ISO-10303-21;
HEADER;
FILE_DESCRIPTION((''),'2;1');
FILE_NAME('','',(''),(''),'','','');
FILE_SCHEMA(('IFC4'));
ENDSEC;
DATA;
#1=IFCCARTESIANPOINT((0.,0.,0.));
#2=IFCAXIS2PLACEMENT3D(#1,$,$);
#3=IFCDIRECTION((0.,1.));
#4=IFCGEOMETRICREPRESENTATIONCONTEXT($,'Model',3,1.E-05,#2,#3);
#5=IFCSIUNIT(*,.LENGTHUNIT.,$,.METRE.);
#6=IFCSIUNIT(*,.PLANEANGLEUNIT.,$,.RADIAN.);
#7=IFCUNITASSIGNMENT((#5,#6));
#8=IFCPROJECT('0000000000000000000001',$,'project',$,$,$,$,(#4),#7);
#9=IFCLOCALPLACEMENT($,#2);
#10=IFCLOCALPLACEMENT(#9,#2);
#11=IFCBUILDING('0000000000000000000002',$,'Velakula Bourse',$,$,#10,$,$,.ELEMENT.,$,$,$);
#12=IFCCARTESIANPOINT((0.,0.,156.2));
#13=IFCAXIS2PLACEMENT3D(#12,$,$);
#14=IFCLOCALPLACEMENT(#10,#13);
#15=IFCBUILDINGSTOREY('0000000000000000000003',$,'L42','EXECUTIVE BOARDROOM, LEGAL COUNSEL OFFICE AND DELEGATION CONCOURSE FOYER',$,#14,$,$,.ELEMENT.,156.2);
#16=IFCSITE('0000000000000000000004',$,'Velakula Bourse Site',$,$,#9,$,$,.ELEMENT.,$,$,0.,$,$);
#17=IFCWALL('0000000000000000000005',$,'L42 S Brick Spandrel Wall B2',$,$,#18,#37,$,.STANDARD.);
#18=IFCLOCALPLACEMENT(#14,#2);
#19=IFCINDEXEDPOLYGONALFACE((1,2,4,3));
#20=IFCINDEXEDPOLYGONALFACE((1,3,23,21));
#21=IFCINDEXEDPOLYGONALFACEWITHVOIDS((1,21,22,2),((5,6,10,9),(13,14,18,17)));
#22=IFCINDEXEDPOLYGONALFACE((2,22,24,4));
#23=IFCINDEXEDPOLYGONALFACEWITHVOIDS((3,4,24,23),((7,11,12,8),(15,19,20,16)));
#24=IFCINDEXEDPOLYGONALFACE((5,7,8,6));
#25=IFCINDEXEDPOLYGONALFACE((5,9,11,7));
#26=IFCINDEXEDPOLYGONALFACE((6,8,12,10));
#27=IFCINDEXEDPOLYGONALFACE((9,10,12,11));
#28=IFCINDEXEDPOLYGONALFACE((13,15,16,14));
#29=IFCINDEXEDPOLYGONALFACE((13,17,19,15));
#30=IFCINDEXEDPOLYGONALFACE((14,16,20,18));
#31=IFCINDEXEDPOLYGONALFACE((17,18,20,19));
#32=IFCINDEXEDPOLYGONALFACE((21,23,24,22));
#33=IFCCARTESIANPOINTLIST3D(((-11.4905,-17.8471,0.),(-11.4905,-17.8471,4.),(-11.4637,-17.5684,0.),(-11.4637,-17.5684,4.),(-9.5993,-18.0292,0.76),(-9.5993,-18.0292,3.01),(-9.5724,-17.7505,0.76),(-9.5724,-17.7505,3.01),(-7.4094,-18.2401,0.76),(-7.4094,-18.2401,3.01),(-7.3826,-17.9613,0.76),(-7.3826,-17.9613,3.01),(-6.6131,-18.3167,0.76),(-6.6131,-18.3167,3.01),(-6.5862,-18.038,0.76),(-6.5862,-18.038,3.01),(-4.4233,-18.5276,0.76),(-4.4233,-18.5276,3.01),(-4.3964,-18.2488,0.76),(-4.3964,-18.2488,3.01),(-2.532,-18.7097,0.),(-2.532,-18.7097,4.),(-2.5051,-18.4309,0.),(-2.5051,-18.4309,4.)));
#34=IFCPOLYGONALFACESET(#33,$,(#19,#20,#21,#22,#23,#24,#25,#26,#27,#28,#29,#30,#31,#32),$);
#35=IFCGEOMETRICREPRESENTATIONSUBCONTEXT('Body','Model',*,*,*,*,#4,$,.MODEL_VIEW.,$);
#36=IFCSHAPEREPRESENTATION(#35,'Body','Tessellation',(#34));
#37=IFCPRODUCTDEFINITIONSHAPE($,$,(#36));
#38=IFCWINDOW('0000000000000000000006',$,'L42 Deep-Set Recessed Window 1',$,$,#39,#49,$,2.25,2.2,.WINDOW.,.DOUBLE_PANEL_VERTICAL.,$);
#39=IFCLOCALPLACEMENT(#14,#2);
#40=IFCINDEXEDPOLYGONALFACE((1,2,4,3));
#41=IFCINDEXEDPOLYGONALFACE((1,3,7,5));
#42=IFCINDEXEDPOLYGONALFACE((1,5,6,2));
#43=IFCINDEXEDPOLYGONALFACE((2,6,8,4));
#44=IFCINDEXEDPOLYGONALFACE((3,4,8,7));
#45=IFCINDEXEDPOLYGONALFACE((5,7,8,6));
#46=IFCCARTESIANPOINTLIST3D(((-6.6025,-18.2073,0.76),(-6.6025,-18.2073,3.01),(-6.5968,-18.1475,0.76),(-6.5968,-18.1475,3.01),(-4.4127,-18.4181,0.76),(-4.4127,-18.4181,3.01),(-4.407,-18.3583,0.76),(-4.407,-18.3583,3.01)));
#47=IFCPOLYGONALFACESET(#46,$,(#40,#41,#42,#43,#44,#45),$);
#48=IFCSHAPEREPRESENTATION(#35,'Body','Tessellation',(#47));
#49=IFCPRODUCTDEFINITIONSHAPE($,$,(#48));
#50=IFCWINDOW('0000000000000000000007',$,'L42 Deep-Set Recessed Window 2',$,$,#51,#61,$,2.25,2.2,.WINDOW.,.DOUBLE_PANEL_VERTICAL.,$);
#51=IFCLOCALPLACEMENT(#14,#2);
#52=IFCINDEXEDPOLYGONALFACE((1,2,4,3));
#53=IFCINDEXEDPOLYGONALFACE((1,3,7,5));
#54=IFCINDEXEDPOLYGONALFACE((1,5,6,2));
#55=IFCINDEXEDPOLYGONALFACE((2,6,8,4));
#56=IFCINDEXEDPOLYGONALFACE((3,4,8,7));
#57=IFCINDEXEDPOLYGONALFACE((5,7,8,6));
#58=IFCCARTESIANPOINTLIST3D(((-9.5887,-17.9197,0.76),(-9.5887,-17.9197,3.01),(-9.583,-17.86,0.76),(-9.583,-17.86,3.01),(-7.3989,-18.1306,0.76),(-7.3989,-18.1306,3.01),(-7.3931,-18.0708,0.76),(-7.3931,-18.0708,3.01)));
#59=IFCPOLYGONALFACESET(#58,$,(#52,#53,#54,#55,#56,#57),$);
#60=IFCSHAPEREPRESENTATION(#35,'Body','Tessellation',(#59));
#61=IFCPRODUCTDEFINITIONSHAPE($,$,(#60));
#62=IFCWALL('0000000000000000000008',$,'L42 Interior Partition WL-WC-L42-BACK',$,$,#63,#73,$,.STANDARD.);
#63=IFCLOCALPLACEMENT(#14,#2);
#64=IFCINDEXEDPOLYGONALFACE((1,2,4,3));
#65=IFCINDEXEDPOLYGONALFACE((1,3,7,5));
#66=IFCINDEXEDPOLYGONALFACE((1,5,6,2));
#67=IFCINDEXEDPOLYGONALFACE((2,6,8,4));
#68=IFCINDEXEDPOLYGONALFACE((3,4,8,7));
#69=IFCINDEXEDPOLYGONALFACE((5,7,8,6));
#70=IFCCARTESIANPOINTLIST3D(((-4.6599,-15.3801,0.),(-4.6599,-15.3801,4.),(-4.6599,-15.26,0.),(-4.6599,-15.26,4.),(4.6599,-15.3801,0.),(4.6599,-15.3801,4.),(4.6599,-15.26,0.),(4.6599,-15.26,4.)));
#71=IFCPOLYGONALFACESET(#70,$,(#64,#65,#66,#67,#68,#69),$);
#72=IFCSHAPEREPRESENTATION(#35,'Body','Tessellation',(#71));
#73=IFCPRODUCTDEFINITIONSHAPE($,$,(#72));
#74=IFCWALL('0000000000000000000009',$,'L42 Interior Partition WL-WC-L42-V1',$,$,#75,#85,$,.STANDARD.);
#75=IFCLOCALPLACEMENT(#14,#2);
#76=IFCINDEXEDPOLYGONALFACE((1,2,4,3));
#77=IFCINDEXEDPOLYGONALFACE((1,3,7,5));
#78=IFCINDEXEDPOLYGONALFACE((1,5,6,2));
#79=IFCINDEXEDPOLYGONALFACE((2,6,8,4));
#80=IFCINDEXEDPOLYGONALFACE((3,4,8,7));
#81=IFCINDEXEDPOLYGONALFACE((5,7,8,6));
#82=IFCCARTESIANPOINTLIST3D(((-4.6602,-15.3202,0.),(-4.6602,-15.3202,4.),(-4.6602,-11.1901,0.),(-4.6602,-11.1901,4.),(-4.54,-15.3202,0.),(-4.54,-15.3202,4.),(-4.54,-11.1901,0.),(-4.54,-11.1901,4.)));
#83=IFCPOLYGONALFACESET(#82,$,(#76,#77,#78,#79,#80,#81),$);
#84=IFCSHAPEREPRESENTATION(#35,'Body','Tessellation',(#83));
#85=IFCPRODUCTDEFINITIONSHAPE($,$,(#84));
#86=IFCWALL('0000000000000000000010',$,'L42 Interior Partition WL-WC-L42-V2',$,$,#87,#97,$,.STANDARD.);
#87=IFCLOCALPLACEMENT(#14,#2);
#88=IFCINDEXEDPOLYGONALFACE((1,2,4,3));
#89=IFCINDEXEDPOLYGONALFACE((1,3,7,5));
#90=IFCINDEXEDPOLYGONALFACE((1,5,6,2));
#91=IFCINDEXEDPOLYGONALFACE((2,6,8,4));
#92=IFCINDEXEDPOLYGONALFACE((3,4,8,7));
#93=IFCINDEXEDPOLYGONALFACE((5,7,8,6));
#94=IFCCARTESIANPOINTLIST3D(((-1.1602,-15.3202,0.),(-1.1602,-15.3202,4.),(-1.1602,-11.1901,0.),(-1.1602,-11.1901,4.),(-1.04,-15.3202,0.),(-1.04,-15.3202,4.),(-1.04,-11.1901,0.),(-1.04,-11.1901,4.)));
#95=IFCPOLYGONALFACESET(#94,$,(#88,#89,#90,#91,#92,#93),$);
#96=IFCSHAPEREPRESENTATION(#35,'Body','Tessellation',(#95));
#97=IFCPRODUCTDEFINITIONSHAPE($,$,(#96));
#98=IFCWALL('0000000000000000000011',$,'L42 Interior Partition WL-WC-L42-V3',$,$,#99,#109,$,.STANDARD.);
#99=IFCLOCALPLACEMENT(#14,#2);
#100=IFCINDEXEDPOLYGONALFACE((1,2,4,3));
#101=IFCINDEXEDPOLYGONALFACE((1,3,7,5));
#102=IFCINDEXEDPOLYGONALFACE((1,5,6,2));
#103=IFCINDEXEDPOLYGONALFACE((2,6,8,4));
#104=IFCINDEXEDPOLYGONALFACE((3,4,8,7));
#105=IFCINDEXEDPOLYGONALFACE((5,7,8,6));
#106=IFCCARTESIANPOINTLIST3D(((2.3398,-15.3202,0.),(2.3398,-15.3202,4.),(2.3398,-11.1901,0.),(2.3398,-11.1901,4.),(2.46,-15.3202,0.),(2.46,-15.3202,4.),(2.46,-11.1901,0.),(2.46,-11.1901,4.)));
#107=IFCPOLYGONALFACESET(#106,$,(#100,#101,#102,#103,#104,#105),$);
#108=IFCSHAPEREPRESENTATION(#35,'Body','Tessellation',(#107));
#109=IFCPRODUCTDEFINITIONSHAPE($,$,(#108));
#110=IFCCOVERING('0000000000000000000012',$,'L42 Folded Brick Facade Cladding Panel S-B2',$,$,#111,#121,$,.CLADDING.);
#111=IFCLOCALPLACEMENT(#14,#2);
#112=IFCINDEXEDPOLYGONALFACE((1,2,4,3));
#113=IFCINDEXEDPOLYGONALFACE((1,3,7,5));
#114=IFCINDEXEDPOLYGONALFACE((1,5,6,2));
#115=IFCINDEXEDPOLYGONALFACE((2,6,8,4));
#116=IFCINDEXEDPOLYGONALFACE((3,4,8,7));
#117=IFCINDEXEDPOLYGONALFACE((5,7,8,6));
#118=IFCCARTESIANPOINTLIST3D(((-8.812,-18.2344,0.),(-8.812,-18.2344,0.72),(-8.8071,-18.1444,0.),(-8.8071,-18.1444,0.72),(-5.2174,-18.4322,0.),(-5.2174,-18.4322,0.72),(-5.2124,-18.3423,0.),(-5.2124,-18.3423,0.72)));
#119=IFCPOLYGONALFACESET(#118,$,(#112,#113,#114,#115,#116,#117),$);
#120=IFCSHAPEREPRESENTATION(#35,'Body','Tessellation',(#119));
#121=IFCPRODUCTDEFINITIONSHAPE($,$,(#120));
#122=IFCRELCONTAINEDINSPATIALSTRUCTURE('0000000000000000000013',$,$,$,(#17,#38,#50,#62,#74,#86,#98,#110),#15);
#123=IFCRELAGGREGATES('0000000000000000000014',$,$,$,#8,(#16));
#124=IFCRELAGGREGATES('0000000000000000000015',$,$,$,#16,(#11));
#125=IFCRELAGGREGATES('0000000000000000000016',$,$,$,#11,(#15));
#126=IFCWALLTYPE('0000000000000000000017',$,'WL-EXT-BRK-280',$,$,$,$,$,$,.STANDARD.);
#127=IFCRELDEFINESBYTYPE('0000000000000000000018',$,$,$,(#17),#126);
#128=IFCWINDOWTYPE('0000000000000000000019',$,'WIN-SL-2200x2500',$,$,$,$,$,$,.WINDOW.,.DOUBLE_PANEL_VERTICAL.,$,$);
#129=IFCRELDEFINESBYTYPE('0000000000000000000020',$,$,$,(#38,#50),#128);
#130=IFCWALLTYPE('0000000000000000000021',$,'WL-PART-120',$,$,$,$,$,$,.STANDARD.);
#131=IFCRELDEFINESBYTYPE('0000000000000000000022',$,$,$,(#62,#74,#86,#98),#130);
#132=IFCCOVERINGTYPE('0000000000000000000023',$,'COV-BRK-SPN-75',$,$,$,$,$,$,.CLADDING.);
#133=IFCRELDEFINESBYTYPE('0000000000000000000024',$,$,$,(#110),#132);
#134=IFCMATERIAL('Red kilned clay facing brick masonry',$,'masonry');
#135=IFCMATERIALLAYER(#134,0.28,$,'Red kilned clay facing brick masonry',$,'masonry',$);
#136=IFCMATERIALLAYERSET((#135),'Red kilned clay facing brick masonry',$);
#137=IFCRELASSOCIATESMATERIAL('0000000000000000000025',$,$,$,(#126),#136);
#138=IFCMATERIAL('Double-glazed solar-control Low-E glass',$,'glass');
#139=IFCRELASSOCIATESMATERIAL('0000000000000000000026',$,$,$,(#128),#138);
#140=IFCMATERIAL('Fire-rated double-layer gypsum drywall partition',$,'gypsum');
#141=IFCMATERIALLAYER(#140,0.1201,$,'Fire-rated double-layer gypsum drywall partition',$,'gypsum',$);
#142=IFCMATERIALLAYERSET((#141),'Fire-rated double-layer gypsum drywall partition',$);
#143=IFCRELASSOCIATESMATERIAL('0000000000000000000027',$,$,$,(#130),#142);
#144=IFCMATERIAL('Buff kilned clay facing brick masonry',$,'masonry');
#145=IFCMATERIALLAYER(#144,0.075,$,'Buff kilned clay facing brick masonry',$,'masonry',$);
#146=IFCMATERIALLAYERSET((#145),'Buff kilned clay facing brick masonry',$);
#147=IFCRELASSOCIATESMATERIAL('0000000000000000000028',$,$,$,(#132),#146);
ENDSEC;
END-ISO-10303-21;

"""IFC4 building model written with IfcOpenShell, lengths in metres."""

from ifc_helpers import new_model, si_unit, direction, frame, frame_2d, origin, origin_2d, place, context, subcontext, project, spatial, rectangle, extrude, material, layer, layer_set, type_object, element, fill, save


model = new_model("IFC4")

# Units and contexts
model_context = context("Model", 3, precision=1e-05, world=origin(), true_north=direction((0.0, 1.0)))
body_context = subcontext(model_context, "Body", "Model", "MODEL_VIEW")
ifc_project = project(units=[si_unit("LENGTHUNIT", "METRE"), si_unit("PLANEANGLEUNIT", "RADIAN")], contexts=[model_context])

# Site, building, storey
site_placement = place(None, origin())
site = spatial("IfcSite", under=ifc_project, at=site_placement, Name="Velakula Bourse Site", CompositionType="ELEMENT", RefElevation=0.0)
building_placement = place(site_placement, origin())
building = spatial("IfcBuilding", under=site, at=building_placement, Name="Velakula Bourse", CompositionType="ELEMENT")
storey_placement = place(building_placement, frame((0.0, 0.0, 156.2)))
storey = spatial("IfcBuildingStorey", under=building, at=storey_placement, Name="L42", Description="EXECUTIVE BOARDROOM, LEGAL COUNSEL OFFICE AND DELEGATION CONCOURSE FOYER", CompositionType="ELEMENT", Elevation=156.2)

# Wall, openings, windows
ifc_material_1 = material(Name="Red kilned clay facing brick masonry", Category="masonry")
ifc_layer_1 = layer(ifc_material_1, 0.28, Name="Red kilned clay facing brick masonry", Category="masonry")
ifc_layer_set_1 = layer_set([ifc_layer_1], Name="Red kilned clay facing brick masonry")
wall_type_1 = type_object("IfcWallType", Name="WL-EXT-BRK-280", PredefinedType="STANDARD", material=ifc_layer_set_1)
wall_1_placement = place(storey_placement, frame((-2.5186, -18.5703, 0.0), z_axis=(0.0, 0.0, 1.0), x_axis=(-0.995397, 0.09584, 0.0)))
wall_1 = element("IfcWall", 1, at=wall_1_placement, inside=storey, type_object=wall_type_1, Name="L42 S Brick Spandrel Wall B2", PredefinedType="STANDARD", context=body_context, shape_type="SweptSolid", body=[
    extrude(rectangle(XDim=9.0, YDim=0.28, at=frame_2d((4.5, 0.0))), origin(), (0.0, 0.0, 1.0), 4.0),
])
opening_1_placement = place(wall_1_placement, frame((1.8999, 0.0, 0.76)))
opening_1 = element("IfcOpeningElement", 2, at=opening_1_placement, cuts=wall_1, PredefinedType="OPENING", context=body_context, shape_type="SweptSolid", body=[
    extrude(rectangle(XDim=2.2, YDim=2.25, at=frame_2d((1.1001, 1.125))), frame((0.0, 0.1499, 0.0), z_axis=(0.0, -1.0, 0.0), x_axis=(1.0, 0.0, 0.0)), (0.0, 0.0, 1.0), 0.3),
])
opening_2_placement = place(wall_1_placement, frame((4.8999, 0.0, 0.76)))
opening_2 = element("IfcOpeningElement", 3, at=opening_2_placement, cuts=wall_1, PredefinedType="OPENING", context=body_context, shape_type="SweptSolid", body=[
    extrude(rectangle(XDim=2.2, YDim=2.25, at=frame_2d((1.1001, 1.125))), frame((0.0, 0.1499, 0.0), z_axis=(0.0, -1.0, 0.0), x_axis=(1.0, 0.0, 0.0)), (0.0, 0.0, 1.0), 0.3),
])
ifc_material_2 = material(Name="Double-glazed solar-control Low-E glass", Category="glass")
window_type = type_object("IfcWindowType", Name="WIN-SL-2200x2500", PartitioningType="DOUBLE_PANEL_VERTICAL", PredefinedType="WINDOW", material=ifc_material_2)
window_1_placement = place(opening_1_placement, origin())
window_1 = element("IfcWindow", 4, at=window_1_placement, inside=storey, type_object=window_type, Name="L42 Deep-Set Recessed Window 1", OverallHeight=2.25, OverallWidth=2.2, PartitioningType="DOUBLE_PANEL_VERTICAL", PredefinedType="WINDOW", context=body_context, shape_type="SweptSolid", body=[
    extrude(rectangle(XDim=2.2, YDim=2.25, at=frame_2d((1.1001, 1.125))), frame((0.0, 0.03, 0.0), z_axis=(0.0, -1.0, 0.0), x_axis=(1.0, 0.0, 0.0)), (0.0, 0.0, 1.0), 0.0601),
])
fill(opening_1, window_1)
window_2_placement = place(opening_2_placement, origin())
window_2 = element("IfcWindow", 5, at=window_2_placement, inside=storey, type_object=window_type, Name="L42 Deep-Set Recessed Window 2", OverallHeight=2.25, OverallWidth=2.2, PartitioningType="DOUBLE_PANEL_VERTICAL", PredefinedType="WINDOW", context=body_context, shape_type="SweptSolid", body=[
    extrude(rectangle(XDim=2.2, YDim=2.25, at=frame_2d((1.1001, 1.125))), frame((0.0, 0.03, 0.0), z_axis=(0.0, -1.0, 0.0), x_axis=(1.0, 0.0, 0.0)), (0.0, 0.0, 1.0), 0.0601),
])
fill(opening_2, window_2)

# Walls
ifc_material_3 = material(Name="Fire-rated double-layer gypsum drywall partition", Category="gypsum")
ifc_layer_2 = layer(ifc_material_3, 0.1201, Name="Fire-rated double-layer gypsum drywall partition", Category="gypsum")
ifc_layer_set_2 = layer_set([ifc_layer_2], Name="Fire-rated double-layer gypsum drywall partition")
wall_type_2 = type_object("IfcWallType", Name="WL-PART-120", PredefinedType="STANDARD", material=ifc_layer_set_2)
wall_2_placement = place(storey_placement, frame((-4.6599, -15.3201, 0.0), z_axis=(0.0, 0.0, 1.0), x_axis=(1.0, 0.0, 0.0)))
element("IfcWall", 6, at=wall_2_placement, inside=storey, type_object=wall_type_2, Name="L42 Interior Partition WL-WC-L42-BACK", PredefinedType="STANDARD", context=body_context, shape_type="SweptSolid", body=[
    extrude(rectangle(XDim=9.3198, YDim=0.1201, at=frame_2d((4.6599, 0.0))), origin(), (0.0, 0.0, 1.0), 4.0),
])
for number, where, z_axis, x_axis, name in (
    (7, (-4.6001, -15.3201, 0.0), (0.0, 0.0, 1.0), (0.0, 1.0, 0.0), "L42 Interior Partition WL-WC-L42-V1"),
    (8, (-1.1001, -15.3201, 0.0), (0.0, 0.0, 1.0), (0.0, 1.0, 0.0), "L42 Interior Partition WL-WC-L42-V2"),
    (9, (2.3999, -15.3201, 0.0), (0.0, 0.0, 1.0), (0.0, 1.0, 0.0), "L42 Interior Partition WL-WC-L42-V3"),
):
    element("IfcWall", number, at=place(storey_placement, frame(where, z_axis=z_axis, x_axis=x_axis)), inside=storey, type_object=wall_type_2, Name=name, PredefinedType="STANDARD", context=body_context, shape_type="SweptSolid", body=[
        extrude(rectangle(XDim=4.1301, YDim=0.1201, at=frame_2d((2.0649, 0.0))), origin(), (0.0, 0.0, 1.0), 4.0),
    ])

# Covering
ifc_material_4 = material(Name="Buff kilned clay facing brick masonry", Category="masonry")
ifc_layer_3 = layer(ifc_material_4, 0.075, Name="Buff kilned clay facing brick masonry", Category="masonry")
ifc_layer_set_3 = layer_set([ifc_layer_3], Name="Buff kilned clay facing brick masonry")
covering_type_1 = type_object("IfcCoveringType", Name="COV-BRK-SPN-75", PredefinedType="CLADDING", material=ifc_layer_set_3)
covering_1_placement = place(storey_placement, frame((-7.0122, -18.2883, 0.0), z_axis=(0.0, 0.0, 1.0), x_axis=(0.998489, -0.05495, 0.0)))
element("IfcCovering", 10, at=covering_1_placement, inside=storey, type_object=covering_type_1, Name="L42 Folded Brick Facade Cladding Panel S-B2", PredefinedType="CLADDING", context=body_context, shape_type="SweptSolid", body=[
    extrude(rectangle(XDim=3.6001, YDim=0.0901, at=origin_2d()), origin(), (0.0, 0.0, 1.0), 0.72),
])

save(model, "model.ifc")
